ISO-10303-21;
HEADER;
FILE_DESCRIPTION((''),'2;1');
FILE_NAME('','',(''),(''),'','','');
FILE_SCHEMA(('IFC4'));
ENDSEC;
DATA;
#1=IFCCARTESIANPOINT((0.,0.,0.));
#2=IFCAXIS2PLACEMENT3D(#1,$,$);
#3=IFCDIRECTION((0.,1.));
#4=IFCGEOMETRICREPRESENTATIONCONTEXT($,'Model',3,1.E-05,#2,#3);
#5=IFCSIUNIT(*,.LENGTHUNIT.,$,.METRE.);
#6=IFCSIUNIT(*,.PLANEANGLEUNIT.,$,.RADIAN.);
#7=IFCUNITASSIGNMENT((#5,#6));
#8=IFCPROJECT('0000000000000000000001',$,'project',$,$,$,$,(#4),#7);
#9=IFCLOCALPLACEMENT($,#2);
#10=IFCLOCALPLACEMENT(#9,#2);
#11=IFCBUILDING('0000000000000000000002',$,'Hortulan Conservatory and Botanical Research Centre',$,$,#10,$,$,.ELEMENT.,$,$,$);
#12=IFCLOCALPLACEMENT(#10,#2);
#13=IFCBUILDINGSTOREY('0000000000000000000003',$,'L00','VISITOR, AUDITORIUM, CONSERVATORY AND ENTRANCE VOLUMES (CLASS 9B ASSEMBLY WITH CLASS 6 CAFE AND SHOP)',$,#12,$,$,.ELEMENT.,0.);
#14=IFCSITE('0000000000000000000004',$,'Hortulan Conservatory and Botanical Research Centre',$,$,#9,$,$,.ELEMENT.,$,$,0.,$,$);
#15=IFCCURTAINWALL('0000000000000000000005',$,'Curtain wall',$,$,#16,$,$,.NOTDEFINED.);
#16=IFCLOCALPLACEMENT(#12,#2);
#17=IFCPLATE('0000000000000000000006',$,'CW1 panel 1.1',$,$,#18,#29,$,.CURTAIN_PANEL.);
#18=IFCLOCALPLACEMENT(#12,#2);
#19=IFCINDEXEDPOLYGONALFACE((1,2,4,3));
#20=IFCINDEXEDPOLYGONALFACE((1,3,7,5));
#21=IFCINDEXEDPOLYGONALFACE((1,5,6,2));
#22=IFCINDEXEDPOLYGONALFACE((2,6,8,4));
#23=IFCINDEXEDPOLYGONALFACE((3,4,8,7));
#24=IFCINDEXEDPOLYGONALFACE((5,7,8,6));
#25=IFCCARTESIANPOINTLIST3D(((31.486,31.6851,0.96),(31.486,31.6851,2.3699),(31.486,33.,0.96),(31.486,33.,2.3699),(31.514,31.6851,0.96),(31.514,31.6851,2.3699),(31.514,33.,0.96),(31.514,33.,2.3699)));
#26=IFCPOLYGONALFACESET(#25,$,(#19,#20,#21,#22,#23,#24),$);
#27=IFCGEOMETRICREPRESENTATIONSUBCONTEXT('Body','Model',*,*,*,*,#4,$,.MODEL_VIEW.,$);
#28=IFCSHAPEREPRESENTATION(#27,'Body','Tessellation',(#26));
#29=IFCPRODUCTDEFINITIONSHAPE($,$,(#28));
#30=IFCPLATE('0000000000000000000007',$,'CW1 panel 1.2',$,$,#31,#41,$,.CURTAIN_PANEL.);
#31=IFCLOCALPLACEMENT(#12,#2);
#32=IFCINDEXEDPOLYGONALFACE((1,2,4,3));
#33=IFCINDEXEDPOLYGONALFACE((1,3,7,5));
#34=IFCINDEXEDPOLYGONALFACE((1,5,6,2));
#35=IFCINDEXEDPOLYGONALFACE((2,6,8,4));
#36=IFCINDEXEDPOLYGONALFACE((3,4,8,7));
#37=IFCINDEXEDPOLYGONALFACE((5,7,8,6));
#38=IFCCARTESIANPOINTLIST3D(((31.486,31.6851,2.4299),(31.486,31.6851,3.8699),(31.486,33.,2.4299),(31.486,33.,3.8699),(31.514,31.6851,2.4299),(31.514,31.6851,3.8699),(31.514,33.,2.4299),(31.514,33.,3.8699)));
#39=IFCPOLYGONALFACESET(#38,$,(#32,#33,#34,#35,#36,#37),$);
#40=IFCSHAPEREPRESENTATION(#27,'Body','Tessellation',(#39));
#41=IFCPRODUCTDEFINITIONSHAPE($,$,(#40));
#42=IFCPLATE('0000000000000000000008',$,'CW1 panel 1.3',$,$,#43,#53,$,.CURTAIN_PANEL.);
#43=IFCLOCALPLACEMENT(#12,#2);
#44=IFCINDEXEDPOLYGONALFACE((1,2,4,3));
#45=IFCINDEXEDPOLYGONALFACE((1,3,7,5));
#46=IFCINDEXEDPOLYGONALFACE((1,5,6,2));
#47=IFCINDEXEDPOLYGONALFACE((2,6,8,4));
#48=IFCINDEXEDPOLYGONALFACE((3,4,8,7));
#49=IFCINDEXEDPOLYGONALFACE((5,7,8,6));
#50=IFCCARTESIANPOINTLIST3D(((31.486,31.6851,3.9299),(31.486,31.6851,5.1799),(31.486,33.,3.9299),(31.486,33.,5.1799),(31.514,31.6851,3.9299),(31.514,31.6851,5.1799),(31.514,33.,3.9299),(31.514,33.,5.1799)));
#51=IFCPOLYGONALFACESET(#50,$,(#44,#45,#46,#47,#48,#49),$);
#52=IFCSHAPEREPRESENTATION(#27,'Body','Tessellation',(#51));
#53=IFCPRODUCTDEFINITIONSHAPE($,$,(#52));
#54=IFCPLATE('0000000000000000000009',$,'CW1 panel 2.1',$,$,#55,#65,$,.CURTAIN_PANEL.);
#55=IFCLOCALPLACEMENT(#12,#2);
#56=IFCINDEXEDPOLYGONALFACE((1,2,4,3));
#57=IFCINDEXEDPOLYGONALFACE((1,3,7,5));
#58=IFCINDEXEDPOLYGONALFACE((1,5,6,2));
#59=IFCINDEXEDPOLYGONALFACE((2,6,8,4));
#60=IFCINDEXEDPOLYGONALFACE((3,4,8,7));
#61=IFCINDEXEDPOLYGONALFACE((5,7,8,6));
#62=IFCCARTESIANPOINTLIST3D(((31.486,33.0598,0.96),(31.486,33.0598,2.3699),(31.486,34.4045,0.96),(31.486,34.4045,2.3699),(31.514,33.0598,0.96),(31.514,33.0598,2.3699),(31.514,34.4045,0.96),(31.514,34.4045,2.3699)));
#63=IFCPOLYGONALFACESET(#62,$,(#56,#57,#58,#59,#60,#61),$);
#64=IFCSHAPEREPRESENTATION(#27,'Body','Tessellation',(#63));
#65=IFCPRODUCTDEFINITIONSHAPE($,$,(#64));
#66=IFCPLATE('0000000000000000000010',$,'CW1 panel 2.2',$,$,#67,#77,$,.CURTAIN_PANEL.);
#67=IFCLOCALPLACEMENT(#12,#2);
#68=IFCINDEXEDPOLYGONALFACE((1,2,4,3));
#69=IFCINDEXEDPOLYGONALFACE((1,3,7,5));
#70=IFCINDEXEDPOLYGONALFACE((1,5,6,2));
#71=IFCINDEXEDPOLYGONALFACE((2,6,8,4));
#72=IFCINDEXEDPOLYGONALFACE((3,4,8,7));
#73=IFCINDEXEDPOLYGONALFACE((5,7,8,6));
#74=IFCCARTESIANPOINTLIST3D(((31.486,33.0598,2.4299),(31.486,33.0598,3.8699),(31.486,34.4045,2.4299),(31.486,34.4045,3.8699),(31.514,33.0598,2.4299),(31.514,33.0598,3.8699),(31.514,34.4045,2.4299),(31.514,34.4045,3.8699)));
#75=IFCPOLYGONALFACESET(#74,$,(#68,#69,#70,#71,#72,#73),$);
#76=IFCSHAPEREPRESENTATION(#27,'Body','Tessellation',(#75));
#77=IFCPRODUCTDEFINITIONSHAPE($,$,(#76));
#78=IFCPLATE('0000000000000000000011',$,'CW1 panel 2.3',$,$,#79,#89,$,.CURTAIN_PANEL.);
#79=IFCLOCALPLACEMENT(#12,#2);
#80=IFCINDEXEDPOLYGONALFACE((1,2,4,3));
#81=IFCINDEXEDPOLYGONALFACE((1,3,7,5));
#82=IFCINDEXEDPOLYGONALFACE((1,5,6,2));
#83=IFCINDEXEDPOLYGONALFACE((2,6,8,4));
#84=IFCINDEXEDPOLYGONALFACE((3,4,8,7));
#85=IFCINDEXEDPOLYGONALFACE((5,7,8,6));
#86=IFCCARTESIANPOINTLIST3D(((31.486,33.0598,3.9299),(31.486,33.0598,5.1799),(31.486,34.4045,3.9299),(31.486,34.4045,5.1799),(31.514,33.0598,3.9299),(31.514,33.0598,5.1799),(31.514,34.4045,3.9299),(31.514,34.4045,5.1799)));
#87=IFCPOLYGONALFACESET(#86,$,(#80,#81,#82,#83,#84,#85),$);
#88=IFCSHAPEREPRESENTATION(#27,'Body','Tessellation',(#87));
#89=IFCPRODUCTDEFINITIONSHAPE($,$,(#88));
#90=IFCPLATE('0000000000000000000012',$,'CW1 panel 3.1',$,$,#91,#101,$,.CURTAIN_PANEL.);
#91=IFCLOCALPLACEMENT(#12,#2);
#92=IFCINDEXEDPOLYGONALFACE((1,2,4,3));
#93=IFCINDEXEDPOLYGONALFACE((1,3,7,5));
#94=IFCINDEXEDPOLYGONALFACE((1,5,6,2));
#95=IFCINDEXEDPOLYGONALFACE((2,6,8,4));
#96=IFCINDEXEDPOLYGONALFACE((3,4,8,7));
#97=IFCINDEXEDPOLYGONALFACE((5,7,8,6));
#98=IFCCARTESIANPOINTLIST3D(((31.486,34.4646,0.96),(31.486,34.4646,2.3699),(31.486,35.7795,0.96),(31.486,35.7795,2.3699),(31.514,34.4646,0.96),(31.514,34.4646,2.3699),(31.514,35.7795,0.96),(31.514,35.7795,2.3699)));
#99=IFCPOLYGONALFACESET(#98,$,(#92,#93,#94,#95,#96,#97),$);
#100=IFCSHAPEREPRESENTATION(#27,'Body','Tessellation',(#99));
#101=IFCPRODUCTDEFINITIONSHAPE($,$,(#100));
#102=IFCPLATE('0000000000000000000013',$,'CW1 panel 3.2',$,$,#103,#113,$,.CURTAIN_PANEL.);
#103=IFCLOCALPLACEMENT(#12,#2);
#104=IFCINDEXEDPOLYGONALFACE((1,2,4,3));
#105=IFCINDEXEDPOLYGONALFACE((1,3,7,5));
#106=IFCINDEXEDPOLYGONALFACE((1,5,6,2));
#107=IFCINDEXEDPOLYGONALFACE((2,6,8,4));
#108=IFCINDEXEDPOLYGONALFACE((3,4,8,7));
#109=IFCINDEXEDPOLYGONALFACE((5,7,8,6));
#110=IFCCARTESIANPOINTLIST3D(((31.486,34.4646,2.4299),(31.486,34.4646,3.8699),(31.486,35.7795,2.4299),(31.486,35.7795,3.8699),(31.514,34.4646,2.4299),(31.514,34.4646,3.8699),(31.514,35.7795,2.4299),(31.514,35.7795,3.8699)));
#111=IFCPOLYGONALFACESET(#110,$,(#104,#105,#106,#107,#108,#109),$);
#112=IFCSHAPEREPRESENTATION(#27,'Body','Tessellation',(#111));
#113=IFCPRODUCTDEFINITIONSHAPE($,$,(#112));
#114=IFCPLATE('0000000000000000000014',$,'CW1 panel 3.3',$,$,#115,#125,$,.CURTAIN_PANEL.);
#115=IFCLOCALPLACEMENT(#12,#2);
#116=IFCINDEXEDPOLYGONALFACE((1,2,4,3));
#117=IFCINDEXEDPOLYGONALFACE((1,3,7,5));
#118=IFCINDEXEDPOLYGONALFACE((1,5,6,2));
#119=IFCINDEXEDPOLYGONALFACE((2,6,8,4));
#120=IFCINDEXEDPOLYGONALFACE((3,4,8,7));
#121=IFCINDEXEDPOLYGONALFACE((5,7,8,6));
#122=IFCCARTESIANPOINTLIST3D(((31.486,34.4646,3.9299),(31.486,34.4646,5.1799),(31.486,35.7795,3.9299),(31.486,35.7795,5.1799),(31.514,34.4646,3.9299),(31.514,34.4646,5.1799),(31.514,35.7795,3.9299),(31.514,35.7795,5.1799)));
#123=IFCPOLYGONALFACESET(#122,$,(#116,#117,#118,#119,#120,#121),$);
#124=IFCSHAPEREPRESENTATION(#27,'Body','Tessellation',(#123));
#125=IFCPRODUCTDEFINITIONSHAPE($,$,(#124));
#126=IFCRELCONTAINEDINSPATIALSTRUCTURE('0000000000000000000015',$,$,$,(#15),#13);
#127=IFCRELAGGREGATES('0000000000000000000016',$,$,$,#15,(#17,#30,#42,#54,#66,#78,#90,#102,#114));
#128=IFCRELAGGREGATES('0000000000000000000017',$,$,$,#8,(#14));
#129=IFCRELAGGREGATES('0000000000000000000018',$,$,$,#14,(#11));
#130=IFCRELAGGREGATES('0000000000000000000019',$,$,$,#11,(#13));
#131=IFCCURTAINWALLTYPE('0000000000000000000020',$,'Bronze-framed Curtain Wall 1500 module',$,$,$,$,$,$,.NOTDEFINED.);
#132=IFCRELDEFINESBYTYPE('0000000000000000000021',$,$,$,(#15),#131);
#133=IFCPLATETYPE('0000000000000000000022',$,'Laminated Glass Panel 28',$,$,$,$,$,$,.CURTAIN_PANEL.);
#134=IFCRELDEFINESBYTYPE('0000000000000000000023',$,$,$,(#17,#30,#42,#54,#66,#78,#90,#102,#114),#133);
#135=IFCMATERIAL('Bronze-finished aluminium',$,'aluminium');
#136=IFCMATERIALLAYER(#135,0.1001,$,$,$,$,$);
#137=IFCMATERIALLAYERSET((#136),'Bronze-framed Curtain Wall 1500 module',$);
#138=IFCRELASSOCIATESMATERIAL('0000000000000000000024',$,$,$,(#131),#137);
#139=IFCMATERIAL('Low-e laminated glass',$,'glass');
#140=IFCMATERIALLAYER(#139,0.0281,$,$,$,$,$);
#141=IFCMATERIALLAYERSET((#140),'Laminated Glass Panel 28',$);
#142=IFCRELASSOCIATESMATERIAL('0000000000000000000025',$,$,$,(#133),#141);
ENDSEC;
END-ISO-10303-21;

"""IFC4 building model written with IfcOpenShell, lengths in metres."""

from ifc_helpers import new_model, si_unit, direction, frame, origin, origin_2d, place, context, subcontext, project, spatial, rectangle, extrude, material, layer, layer_set, type_object, element, aggregate, save


model = new_model("IFC4")

# Units and contexts
model_context = context("Model", 3, precision=1e-05, world=origin(), true_north=direction((0.0, 1.0)))
body_context = subcontext(model_context, "Body", "Model", "MODEL_VIEW")
ifc_project = project(units=[si_unit("LENGTHUNIT", "METRE"), si_unit("PLANEANGLEUNIT", "RADIAN")], contexts=[model_context])

# Site, building, storey
site_placement = place(None, origin())
site = spatial("IfcSite", under=ifc_project, at=site_placement, Name="Hortulan Conservatory and Botanical Research Centre", CompositionType="ELEMENT", RefElevation=0.0)
building_placement = place(site_placement, origin())
building = spatial("IfcBuilding", under=site, at=building_placement, Name="Hortulan Conservatory and Botanical Research Centre", CompositionType="ELEMENT")
storey_placement = place(building_placement, origin())
storey = spatial("IfcBuildingStorey", under=building, at=storey_placement, Name="L00", Description="VISITOR, AUDITORIUM, CONSERVATORY AND ENTRANCE VOLUMES (CLASS 9B ASSEMBLY WITH CLASS 6 CAFE AND SHOP)", CompositionType="ELEMENT", Elevation=0.0)

# Curtain wall, plates
ifc_material_1 = material(Name="Bronze-finished aluminium", Category="aluminium")
ifc_layer_1 = layer(ifc_material_1, 0.1001)
ifc_layer_set_1 = layer_set([ifc_layer_1], Name="Bronze-framed Curtain Wall 1500 module")
curtain_wall_type = type_object("IfcCurtainWallType", Name="Bronze-framed Curtain Wall 1500 module", PredefinedType="NOTDEFINED", material=ifc_layer_set_1)
curtain_wall_placement = place(storey_placement, origin())
curtain_wall = element("IfcCurtainWall", 1, at=curtain_wall_placement, inside=storey, type_object=curtain_wall_type, Name="Curtain wall", PredefinedType="NOTDEFINED")
ifc_material_2 = material(Name="Low-e laminated glass", Category="glass")
ifc_layer_2 = layer(ifc_material_2, 0.0281)
ifc_layer_set_2 = layer_set([ifc_layer_2], Name="Laminated Glass Panel 28")
plate_type = type_object("IfcPlateType", Name="Laminated Glass Panel 28", PredefinedType="CURTAIN_PANEL", material=ifc_layer_set_2)
plate_1_placement = place(storey_placement, frame((31.5, 32.3425, 0.96), z_axis=(0.0, 0.0, 1.0), x_axis=(0.0, 1.0, 0.0)))
plate_1 = element("IfcPlate", 2, at=plate_1_placement, type_object=plate_type, Name="CW1 panel 1.1", PredefinedType="CURTAIN_PANEL", context=body_context, shape_type="SweptSolid", body=[
    extrude(rectangle(XDim=1.3149, YDim=0.0281, at=origin_2d()), origin(), (0.0, 0.0, 1.0), 1.4099),
])
plate_2_placement = place(storey_placement, frame((31.5, 32.3425, 2.4299), z_axis=(0.0, 0.0, 1.0), x_axis=(0.0, 1.0, 0.0)))
plate_2 = element("IfcPlate", 3, at=plate_2_placement, type_object=plate_type, Name="CW1 panel 1.2", PredefinedType="CURTAIN_PANEL", context=body_context, shape_type="SweptSolid", body=[
    extrude(rectangle(XDim=1.3149, YDim=0.0281, at=origin_2d()), origin(), (0.0, 0.0, 1.0), 1.4399),
])
plate_3_placement = place(storey_placement, frame((31.5, 32.3425, 3.9299), z_axis=(0.0, 0.0, 1.0), x_axis=(0.0, 1.0, 0.0)))
plate_3 = element("IfcPlate", 4, at=plate_3_placement, type_object=plate_type, Name="CW1 panel 1.3", PredefinedType="CURTAIN_PANEL", context=body_context, shape_type="SweptSolid", body=[
    extrude(rectangle(XDim=1.3149, YDim=0.0281, at=origin_2d()), origin(), (0.0, 0.0, 1.0), 1.25),
])
plate_4_placement = place(storey_placement, frame((31.5, 33.7322, 0.96), z_axis=(0.0, 0.0, 1.0), x_axis=(0.0, 1.0, 0.0)))
plate_4 = element("IfcPlate", 5, at=plate_4_placement, type_object=plate_type, Name="CW1 panel 2.1", PredefinedType="CURTAIN_PANEL", context=body_context, shape_type="SweptSolid", body=[
    extrude(rectangle(XDim=1.3447, YDim=0.0281, at=origin_2d()), origin(), (0.0, 0.0, 1.0), 1.4099),
])
plate_5_placement = place(storey_placement, frame((31.5, 33.7322, 2.4299), z_axis=(0.0, 0.0, 1.0), x_axis=(0.0, 1.0, 0.0)))
plate_5 = element("IfcPlate", 6, at=plate_5_placement, type_object=plate_type, Name="CW1 panel 2.2", PredefinedType="CURTAIN_PANEL", context=body_context, shape_type="SweptSolid", body=[
    extrude(rectangle(XDim=1.3447, YDim=0.0281, at=origin_2d()), origin(), (0.0, 0.0, 1.0), 1.4399),
])
plate_6_placement = place(storey_placement, frame((31.5, 33.7322, 3.9299), z_axis=(0.0, 0.0, 1.0), x_axis=(0.0, 1.0, 0.0)))
plate_6 = element("IfcPlate", 7, at=plate_6_placement, type_object=plate_type, Name="CW1 panel 2.3", PredefinedType="CURTAIN_PANEL", context=body_context, shape_type="SweptSolid", body=[
    extrude(rectangle(XDim=1.3447, YDim=0.0281, at=origin_2d()), origin(), (0.0, 0.0, 1.0), 1.25),
])
plate_7_placement = place(storey_placement, frame((31.5, 35.1221, 0.96), z_axis=(0.0, 0.0, 1.0), x_axis=(0.0, 1.0, 0.0)))
plate_7 = element("IfcPlate", 8, at=plate_7_placement, type_object=plate_type, Name="CW1 panel 3.1", PredefinedType="CURTAIN_PANEL", context=body_context, shape_type="SweptSolid", body=[
    extrude(rectangle(XDim=1.3149, YDim=0.0281, at=origin_2d()), origin(), (0.0, 0.0, 1.0), 1.4099),
])
plate_8_placement = place(storey_placement, frame((31.5, 35.1221, 2.4299), z_axis=(0.0, 0.0, 1.0), x_axis=(0.0, 1.0, 0.0)))
plate_8 = element("IfcPlate", 9, at=plate_8_placement, type_object=plate_type, Name="CW1 panel 3.2", PredefinedType="CURTAIN_PANEL", context=body_context, shape_type="SweptSolid", body=[
    extrude(rectangle(XDim=1.3149, YDim=0.0281, at=origin_2d()), origin(), (0.0, 0.0, 1.0), 1.4399),
])
plate_9_placement = place(storey_placement, frame((31.5, 35.1221, 3.9299), z_axis=(0.0, 0.0, 1.0), x_axis=(0.0, 1.0, 0.0)))
plate_9 = element("IfcPlate", 10, at=plate_9_placement, type_object=plate_type, Name="CW1 panel 3.3", PredefinedType="CURTAIN_PANEL", context=body_context, shape_type="SweptSolid", body=[
    extrude(rectangle(XDim=1.3149, YDim=0.0281, at=origin_2d()), origin(), (0.0, 0.0, 1.0), 1.25),
])
aggregate(curtain_wall, [plate_1, plate_2, plate_3, plate_4, plate_5, plate_6, plate_7, plate_8, plate_9])

save(model, "model.ifc")
